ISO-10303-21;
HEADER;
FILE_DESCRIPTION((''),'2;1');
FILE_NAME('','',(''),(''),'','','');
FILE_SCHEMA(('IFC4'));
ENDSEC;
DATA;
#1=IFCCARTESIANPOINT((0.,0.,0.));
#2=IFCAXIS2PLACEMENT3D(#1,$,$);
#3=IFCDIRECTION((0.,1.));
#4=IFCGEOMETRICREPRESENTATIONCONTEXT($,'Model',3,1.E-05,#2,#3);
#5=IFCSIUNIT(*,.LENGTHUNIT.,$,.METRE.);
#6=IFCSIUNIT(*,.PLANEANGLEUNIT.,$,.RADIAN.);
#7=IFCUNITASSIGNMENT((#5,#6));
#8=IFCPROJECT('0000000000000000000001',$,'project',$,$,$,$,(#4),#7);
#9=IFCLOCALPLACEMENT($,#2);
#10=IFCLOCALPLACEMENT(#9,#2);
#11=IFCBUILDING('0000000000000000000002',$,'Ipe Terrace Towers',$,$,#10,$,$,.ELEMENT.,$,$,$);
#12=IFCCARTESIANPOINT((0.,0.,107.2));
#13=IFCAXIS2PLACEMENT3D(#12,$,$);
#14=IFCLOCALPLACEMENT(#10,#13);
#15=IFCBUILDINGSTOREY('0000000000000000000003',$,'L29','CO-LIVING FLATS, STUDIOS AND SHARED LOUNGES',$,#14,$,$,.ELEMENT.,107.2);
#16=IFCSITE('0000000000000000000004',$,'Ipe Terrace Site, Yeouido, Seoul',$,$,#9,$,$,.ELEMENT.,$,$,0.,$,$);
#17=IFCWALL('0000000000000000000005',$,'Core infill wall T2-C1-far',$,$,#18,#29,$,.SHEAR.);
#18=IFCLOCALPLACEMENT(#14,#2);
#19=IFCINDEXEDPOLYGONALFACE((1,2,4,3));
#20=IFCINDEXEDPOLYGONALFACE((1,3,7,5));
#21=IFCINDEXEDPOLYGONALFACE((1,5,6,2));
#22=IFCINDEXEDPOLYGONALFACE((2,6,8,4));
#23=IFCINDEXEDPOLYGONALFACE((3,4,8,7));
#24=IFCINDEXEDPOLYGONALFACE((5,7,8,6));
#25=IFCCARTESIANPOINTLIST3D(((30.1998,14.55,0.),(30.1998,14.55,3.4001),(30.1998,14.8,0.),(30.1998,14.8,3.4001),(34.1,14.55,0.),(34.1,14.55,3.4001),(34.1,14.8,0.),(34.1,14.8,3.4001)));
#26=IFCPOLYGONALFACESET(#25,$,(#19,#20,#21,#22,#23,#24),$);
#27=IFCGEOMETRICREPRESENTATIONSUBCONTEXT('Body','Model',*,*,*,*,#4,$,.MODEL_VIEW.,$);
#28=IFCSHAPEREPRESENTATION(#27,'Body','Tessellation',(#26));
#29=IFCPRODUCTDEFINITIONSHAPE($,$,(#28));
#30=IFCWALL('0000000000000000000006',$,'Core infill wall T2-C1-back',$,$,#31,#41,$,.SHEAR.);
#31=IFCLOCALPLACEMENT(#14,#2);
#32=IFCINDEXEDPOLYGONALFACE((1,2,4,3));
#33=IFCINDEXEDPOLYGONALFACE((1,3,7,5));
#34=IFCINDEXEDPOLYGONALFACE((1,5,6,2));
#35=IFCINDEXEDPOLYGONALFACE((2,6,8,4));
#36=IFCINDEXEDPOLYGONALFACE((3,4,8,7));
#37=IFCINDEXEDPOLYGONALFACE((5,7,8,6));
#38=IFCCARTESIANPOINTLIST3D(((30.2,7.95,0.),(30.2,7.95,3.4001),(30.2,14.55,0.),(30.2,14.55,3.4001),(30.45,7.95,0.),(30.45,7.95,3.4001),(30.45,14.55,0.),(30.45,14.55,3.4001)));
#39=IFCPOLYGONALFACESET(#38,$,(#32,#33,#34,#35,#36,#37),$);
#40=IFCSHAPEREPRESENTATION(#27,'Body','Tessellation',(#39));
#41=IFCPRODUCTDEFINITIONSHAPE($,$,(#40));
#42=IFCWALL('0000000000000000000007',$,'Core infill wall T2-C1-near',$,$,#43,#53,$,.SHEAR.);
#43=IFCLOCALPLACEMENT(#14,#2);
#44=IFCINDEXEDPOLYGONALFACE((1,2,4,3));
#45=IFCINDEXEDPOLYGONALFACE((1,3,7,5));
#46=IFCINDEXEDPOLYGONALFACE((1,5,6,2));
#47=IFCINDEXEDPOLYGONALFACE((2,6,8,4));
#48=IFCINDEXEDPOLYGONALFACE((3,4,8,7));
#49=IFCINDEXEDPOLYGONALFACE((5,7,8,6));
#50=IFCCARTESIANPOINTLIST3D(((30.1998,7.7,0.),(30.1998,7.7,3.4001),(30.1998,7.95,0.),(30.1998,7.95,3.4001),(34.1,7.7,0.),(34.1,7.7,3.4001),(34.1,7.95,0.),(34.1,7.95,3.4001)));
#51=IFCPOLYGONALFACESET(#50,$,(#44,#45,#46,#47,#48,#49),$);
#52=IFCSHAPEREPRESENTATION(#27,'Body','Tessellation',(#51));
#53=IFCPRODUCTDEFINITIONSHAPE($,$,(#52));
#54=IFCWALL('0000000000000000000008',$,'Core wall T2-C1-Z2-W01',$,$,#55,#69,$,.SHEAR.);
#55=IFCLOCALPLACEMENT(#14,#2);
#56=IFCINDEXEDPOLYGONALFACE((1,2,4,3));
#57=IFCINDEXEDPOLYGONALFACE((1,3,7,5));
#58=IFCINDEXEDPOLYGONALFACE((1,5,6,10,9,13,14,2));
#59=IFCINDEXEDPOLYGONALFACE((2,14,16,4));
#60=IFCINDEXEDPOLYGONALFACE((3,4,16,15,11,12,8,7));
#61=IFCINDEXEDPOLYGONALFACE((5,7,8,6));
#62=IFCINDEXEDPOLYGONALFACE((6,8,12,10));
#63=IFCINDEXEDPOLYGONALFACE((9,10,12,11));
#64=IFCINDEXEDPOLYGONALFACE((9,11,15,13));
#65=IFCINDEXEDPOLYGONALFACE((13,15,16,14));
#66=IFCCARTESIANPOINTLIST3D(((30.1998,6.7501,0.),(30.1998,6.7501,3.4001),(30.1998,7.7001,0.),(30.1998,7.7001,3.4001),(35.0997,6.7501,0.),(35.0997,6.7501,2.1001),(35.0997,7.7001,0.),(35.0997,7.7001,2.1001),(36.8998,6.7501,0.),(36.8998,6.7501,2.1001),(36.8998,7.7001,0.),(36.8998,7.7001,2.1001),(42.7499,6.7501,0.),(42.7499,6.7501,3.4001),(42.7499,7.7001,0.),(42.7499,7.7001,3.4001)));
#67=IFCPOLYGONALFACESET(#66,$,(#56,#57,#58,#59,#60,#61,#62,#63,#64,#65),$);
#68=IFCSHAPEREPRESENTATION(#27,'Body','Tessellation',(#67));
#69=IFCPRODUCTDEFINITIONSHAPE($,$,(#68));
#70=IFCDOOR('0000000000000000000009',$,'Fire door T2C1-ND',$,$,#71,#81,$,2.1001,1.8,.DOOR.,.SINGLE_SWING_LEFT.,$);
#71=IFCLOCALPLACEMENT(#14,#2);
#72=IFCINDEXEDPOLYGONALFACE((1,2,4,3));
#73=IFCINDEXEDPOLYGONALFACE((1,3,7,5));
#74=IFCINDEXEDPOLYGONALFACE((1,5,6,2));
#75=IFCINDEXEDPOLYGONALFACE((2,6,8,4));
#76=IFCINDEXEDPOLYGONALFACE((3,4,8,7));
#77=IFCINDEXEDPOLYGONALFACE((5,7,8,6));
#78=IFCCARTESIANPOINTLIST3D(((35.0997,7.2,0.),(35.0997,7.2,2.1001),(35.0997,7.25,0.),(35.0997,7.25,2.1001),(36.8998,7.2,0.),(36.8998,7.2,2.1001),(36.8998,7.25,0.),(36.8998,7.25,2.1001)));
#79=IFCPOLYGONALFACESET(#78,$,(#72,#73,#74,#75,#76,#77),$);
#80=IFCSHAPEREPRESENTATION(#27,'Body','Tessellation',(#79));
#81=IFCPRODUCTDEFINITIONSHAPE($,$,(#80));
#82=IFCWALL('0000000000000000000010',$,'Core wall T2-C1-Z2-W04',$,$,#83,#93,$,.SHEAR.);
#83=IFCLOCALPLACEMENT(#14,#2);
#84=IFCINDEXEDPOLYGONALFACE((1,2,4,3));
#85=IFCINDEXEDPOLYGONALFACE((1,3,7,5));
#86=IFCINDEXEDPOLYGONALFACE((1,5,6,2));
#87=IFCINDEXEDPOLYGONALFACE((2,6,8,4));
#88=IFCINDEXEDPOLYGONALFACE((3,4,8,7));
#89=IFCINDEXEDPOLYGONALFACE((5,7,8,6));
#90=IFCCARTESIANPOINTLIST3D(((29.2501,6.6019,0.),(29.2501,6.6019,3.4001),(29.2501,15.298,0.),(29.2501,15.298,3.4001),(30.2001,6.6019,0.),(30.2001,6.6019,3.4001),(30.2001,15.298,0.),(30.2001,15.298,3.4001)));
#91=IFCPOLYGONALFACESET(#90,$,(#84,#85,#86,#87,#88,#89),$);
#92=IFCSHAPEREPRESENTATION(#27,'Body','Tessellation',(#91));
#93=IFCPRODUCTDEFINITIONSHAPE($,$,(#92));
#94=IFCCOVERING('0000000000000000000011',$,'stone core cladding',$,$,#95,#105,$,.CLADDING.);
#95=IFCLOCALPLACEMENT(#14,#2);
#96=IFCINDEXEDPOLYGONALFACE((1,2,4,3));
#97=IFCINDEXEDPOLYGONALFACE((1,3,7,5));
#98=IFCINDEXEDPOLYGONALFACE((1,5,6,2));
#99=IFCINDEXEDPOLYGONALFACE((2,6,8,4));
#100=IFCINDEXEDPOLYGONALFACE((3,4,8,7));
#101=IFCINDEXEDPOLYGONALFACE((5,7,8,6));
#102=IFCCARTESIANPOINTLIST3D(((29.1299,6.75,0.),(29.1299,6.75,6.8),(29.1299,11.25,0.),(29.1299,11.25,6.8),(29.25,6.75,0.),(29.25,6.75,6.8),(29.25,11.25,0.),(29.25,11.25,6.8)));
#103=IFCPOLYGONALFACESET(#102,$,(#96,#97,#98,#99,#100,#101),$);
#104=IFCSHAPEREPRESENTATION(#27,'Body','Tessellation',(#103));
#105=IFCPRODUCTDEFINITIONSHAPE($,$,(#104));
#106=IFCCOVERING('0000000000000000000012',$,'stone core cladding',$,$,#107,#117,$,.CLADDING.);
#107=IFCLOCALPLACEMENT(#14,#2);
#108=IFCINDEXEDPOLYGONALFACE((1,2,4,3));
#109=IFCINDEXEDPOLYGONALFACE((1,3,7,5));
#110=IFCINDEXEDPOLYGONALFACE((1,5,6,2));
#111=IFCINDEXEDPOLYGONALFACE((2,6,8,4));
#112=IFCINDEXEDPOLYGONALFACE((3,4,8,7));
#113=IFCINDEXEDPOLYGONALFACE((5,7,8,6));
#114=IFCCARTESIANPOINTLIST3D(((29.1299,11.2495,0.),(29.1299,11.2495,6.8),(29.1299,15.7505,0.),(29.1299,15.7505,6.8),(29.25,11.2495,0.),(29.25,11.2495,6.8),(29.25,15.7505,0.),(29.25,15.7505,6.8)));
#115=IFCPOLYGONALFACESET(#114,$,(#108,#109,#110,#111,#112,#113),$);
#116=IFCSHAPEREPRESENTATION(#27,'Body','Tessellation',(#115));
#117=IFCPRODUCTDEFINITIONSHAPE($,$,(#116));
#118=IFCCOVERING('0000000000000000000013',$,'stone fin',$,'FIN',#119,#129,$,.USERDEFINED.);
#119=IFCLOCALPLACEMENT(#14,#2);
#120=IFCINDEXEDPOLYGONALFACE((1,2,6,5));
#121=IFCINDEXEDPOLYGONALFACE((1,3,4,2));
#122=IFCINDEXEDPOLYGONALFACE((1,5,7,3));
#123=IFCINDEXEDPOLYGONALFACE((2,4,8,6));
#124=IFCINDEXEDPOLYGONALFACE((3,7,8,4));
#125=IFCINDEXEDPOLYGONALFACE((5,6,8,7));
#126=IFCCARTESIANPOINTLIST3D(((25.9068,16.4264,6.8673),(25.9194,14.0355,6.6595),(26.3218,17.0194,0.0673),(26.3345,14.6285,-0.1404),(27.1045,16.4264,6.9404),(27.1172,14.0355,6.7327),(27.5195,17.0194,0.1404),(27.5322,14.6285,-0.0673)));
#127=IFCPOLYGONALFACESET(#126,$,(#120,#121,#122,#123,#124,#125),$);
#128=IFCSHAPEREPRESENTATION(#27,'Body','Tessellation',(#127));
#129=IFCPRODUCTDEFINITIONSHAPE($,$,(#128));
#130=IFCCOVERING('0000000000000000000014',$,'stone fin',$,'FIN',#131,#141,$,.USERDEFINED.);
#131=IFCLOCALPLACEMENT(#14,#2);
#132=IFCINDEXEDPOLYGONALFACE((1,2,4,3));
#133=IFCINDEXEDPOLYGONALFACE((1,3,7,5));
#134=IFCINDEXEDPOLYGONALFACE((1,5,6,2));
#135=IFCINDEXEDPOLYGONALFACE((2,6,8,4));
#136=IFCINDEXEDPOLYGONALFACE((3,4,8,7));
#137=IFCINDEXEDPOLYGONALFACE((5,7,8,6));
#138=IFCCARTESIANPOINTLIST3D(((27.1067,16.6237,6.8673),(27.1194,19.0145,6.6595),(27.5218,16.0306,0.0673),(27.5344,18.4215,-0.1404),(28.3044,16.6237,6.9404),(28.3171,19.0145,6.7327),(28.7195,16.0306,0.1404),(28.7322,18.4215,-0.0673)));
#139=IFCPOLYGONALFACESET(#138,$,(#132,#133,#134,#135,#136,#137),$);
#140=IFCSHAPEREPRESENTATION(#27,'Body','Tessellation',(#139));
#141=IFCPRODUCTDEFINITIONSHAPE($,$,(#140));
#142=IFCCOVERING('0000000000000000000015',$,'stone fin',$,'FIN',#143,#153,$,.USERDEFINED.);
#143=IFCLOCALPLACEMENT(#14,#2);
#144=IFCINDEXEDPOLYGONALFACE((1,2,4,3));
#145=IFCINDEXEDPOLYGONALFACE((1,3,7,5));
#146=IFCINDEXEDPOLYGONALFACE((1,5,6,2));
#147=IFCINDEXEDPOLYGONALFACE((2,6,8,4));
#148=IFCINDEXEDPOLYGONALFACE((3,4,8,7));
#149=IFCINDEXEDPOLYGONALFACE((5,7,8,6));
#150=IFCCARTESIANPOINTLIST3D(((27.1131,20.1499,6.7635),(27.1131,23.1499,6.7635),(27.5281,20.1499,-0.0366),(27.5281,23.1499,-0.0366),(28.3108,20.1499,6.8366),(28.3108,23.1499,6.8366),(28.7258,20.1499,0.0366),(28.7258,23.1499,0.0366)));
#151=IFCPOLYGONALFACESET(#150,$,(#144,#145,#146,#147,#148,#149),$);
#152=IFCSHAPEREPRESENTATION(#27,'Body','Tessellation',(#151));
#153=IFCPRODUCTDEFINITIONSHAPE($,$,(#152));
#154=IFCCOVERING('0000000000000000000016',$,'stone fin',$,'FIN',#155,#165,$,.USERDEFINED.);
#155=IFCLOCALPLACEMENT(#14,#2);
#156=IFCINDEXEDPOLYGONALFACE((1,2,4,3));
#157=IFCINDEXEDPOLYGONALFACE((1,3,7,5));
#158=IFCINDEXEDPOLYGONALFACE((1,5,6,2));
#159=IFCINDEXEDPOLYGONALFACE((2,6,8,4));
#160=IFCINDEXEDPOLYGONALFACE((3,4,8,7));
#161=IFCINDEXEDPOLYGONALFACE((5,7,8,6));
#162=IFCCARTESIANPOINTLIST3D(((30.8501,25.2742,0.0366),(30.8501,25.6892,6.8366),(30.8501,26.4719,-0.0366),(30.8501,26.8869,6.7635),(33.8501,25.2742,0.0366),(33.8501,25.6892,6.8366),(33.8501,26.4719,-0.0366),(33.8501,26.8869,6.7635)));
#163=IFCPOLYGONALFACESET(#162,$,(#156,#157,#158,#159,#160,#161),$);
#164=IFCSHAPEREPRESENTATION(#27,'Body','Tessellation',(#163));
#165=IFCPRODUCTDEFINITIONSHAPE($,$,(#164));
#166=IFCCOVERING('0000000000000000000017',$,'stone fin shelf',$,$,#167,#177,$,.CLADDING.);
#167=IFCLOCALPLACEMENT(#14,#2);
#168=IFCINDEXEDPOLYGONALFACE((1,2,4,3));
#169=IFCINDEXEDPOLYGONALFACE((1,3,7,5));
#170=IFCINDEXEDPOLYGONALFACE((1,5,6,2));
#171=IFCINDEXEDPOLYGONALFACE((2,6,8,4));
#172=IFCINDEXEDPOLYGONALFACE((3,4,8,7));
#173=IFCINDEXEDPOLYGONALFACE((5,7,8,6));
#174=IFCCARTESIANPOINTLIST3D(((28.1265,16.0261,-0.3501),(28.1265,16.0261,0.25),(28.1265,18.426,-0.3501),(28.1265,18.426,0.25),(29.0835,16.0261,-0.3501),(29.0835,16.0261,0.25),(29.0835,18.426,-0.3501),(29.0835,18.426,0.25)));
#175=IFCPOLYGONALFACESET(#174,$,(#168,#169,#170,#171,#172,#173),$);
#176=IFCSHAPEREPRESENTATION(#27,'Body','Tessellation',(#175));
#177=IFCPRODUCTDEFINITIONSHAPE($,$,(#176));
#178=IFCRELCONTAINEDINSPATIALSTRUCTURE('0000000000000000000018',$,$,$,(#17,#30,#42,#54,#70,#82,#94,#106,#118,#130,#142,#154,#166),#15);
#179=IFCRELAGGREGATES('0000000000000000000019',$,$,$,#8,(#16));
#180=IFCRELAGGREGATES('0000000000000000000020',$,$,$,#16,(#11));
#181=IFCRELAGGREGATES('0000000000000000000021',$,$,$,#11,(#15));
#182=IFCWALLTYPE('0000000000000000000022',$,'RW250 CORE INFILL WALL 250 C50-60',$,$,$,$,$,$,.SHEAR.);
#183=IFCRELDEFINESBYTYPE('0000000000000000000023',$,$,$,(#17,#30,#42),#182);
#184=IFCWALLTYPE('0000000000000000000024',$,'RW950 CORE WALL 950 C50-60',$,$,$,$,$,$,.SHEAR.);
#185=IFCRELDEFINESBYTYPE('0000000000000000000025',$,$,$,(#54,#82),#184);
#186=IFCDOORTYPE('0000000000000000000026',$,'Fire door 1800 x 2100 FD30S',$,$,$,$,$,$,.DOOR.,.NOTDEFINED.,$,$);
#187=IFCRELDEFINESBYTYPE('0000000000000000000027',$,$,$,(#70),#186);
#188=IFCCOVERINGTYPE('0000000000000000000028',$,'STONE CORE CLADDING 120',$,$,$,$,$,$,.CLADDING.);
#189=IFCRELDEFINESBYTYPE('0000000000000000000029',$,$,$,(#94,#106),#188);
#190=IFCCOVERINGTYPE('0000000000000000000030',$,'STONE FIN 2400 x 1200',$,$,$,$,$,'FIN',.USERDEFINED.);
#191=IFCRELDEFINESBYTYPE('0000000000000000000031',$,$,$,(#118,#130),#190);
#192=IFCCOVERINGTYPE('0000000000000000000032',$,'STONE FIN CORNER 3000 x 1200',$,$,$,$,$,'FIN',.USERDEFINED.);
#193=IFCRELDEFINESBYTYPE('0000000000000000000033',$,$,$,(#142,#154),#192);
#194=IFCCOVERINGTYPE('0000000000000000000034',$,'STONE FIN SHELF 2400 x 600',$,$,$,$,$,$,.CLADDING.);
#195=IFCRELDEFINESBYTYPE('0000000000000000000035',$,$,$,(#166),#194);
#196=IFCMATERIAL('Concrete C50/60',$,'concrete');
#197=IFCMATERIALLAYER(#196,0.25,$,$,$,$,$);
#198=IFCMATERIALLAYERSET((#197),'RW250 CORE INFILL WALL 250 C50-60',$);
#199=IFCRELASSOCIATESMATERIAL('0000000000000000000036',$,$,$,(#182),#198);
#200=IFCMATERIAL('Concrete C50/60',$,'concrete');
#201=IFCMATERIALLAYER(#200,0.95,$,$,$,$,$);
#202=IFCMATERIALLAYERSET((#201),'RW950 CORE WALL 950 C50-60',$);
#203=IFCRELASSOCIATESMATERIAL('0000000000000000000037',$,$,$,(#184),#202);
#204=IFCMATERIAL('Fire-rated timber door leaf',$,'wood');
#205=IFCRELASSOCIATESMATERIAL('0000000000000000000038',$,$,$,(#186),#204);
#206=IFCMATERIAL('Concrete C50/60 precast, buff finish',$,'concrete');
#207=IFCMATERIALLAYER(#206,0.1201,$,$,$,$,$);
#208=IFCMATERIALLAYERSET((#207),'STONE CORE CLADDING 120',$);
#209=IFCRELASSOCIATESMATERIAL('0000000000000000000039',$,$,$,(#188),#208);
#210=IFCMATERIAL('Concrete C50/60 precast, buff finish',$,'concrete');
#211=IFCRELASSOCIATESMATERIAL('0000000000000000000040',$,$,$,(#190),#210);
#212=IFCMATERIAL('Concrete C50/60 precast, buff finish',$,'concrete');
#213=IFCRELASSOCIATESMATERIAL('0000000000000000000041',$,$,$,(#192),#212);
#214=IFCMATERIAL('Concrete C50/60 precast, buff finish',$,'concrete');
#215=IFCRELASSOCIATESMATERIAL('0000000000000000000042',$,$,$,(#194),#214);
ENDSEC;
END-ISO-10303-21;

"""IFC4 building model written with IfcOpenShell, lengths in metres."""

from ifc_helpers import new_model, si_unit, direction, frame, frame_2d, origin, origin_2d, place, context, subcontext, project, spatial, rectangle, extrude, material, layer, layer_set, material_profile, profile_set, type_object, element, fill, save


model = new_model("IFC4")

# Units and contexts
model_context = context("Model", 3, precision=1e-05, world=origin(), true_north=direction((0.0, 1.0)))
body_context = subcontext(model_context, "Body", "Model", "MODEL_VIEW")
ifc_project = project(units=[si_unit("LENGTHUNIT", "METRE"), si_unit("PLANEANGLEUNIT", "RADIAN")], contexts=[model_context])

# Site, building, storey
site_placement = place(None, origin())
site = spatial("IfcSite", under=ifc_project, at=site_placement, Name="Ipe Terrace Site, Yeouido, Seoul", CompositionType="ELEMENT", RefElevation=0.0)
building_placement = place(site_placement, origin())
building = spatial("IfcBuilding", under=site, at=building_placement, Name="Ipe Terrace Towers", CompositionType="ELEMENT")
storey_placement = place(building_placement, frame((0.0, 0.0, 107.2)))
storey = spatial("IfcBuildingStorey", under=building, at=storey_placement, Name="L29", Description="CO-LIVING FLATS, STUDIOS AND SHARED LOUNGES", CompositionType="ELEMENT", Elevation=107.2)

# Walls
ifc_material_1 = material(Name="Concrete C50/60", Category="concrete")
ifc_layer_1 = layer(ifc_material_1, 0.25)
ifc_layer_set_1 = layer_set([ifc_layer_1], Name="RW250 CORE INFILL WALL 250 C50-60")
wall_type_1 = type_object("IfcWallType", Name="RW250 CORE INFILL WALL 250 C50-60", PredefinedType="SHEAR", material=ifc_layer_set_1)
wall_1_placement = place(storey_placement, frame((34.1001, 14.675, 0.0), z_axis=(0.0, 0.0, 1.0), x_axis=(-1.0, 0.0, 0.0)))
element("IfcWall", 1, at=wall_1_placement, inside=storey, type_object=wall_type_1, Name="Core infill wall T2-C1-far", PredefinedType="SHEAR", context=body_context, shape_type="SweptSolid", body=[
    extrude(rectangle(XDim=3.9001, YDim=0.25, at=frame_2d((1.9502, 0.0))), origin(), (0.0, 0.0, 1.0), 3.4001),
])
wall_2_placement = place(storey_placement, frame((30.325, 7.95, 0.0), z_axis=(0.0, 0.0, 1.0), x_axis=(0.0, 1.0, 0.0)))
element("IfcWall", 2, at=wall_2_placement, inside=storey, type_object=wall_type_1, Name="Core infill wall T2-C1-back", PredefinedType="SHEAR", context=body_context, shape_type="SweptSolid", body=[
    extrude(rectangle(XDim=6.6001, YDim=0.25, at=frame_2d((3.3, 0.0))), origin(), (0.0, 0.0, 1.0), 3.4001),
])
wall_3_placement = place(storey_placement, frame((34.1001, 7.825, 0.0), z_axis=(0.0, 0.0, 1.0), x_axis=(-1.0, 0.0, 0.0)))
element("IfcWall", 3, at=wall_3_placement, inside=storey, type_object=wall_type_1, Name="Core infill wall T2-C1-near", PredefinedType="SHEAR", context=body_context, shape_type="SweptSolid", body=[
    extrude(rectangle(XDim=3.9001, YDim=0.25, at=frame_2d((1.9502, 0.0))), origin(), (0.0, 0.0, 1.0), 3.4001),
])

# Wall, opening, door
ifc_material_2 = material(Name="Concrete C50/60", Category="concrete")
ifc_layer_2 = layer(ifc_material_2, 0.95)
ifc_layer_set_2 = layer_set([ifc_layer_2], Name="RW950 CORE WALL 950 C50-60")
wall_type_2 = type_object("IfcWallType", Name="RW950 CORE WALL 950 C50-60", PredefinedType="SHEAR", material=ifc_layer_set_2)
wall_4_placement = place(storey_placement, frame((30.2, 7.2251, 0.0), z_axis=(0.0, 0.0, 1.0), x_axis=(1.0, 0.0, 0.0)))
wall_4 = element("IfcWall", 4, at=wall_4_placement, inside=storey, type_object=wall_type_2, Name="Core wall T2-C1-Z2-W01", PredefinedType="SHEAR", context=body_context, shape_type="SweptSolid", body=[
    extrude(rectangle(XDim=12.55, YDim=0.95, at=frame_2d((6.2749, 0.0))), origin(), (0.0, 0.0, 1.0), 3.4001),
])
opening_1_placement = place(wall_4_placement, frame((4.8999, 0.0, 0.0)))
opening_1 = element("IfcOpeningElement", 5, at=opening_1_placement, cuts=wall_4, PredefinedType="OPENING", context=body_context, shape_type="SweptSolid", body=[
    extrude(rectangle(XDim=1.8, YDim=2.1001, at=frame_2d((0.8999, 1.05))), frame((0.0, 0.4849, 0.0), z_axis=(0.0, -1.0, 0.0), x_axis=(1.0, 0.0, 0.0)), (0.0, 0.0, 1.0), 0.97),
])
ifc_material_3 = material(Name="Fire-rated timber door leaf", Category="wood")
door_type_1 = type_object("IfcDoorType", Name="Fire door 1800 x 2100 FD30S", OperationType="NOTDEFINED", PredefinedType="DOOR", material=ifc_material_3)
door_1_placement = place(opening_1_placement, origin())
door_1 = element("IfcDoor", 6, at=door_1_placement, inside=storey, type_object=door_type_1, Name="Fire door T2C1-ND", OperationType="SINGLE_SWING_LEFT", OverallHeight=2.1001, OverallWidth=1.8, PredefinedType="DOOR", context=body_context, shape_type="SweptSolid", body=[
    extrude(rectangle(XDim=1.8, YDim=2.1001, at=frame_2d((0.8999, 1.05))), frame((0.0, 0.0249, 0.0), z_axis=(0.0, -1.0, 0.0), x_axis=(1.0, 0.0, 0.0)), (0.0, 0.0, 1.0), 0.05),
])
fill(opening_1, door_1)

# Wall
wall_5_placement = place(storey_placement, frame((29.7251, 15.2981, 0.0), z_axis=(0.0, 0.0, 1.0), x_axis=(0.0, -1.0, 0.0)))
element("IfcWall", 7, at=wall_5_placement, inside=storey, type_object=wall_type_2, Name="Core wall T2-C1-Z2-W04", PredefinedType="SHEAR", context=body_context, shape_type="SweptSolid", body=[
    extrude(rectangle(XDim=8.696, YDim=0.95, at=frame_2d((4.3481, 0.0))), origin(), (0.0, 0.0, 1.0), 3.4001),
])

# Coverings
ifc_material_4 = material(Name="Concrete C50/60 precast, buff finish", Category="concrete")
ifc_layer_3 = layer(ifc_material_4, 0.1201)
ifc_layer_set_3 = layer_set([ifc_layer_3], Name="STONE CORE CLADDING 120")
covering_type_1 = type_object("IfcCoveringType", Name="STONE CORE CLADDING 120", PredefinedType="CLADDING", material=ifc_layer_set_3)
covering_1_placement = place(storey_placement, frame((29.1899, 9.0, 0.0), z_axis=(0.0, 0.0, 1.0), x_axis=(0.0, -1.0, 0.0)))
element("IfcCovering", 8, at=covering_1_placement, inside=storey, type_object=covering_type_1, Name="stone core cladding", PredefinedType="CLADDING", context=body_context, shape_type="SweptSolid", body=[
    extrude(rectangle(XDim=4.5, YDim=0.1201, at=origin_2d()), origin(), (0.0, 0.0, 1.0), 6.8),
])
covering_2_placement = place(storey_placement, frame((29.1899, 13.5, 0.0), z_axis=(0.0, 0.0, 1.0), x_axis=(0.0, -1.0, 0.0)))
element("IfcCovering", 9, at=covering_2_placement, inside=storey, type_object=covering_type_1, Name="stone core cladding", PredefinedType="CLADDING", context=body_context, shape_type="SweptSolid", body=[
    extrude(rectangle(XDim=4.501, YDim=0.1201, at=origin_2d()), origin(), (0.0, 0.0, 1.0), 6.8),
])
ifc_material_5 = material(Name="Concrete C50/60 precast, buff finish", Category="concrete")
ifc_material_profile_1 = material_profile(ifc_material_5, rectangle(XDim=2.3999, YDim=1.2, at=origin_2d()), Name="STONE FIN 2400 x 1200")
ifc_profile_set_1 = profile_set([ifc_material_profile_1], Name="Concrete C50/60 precast, buff finish")
covering_type_2 = type_object("IfcCoveringType", Name="STONE FIN 2400 x 1200", ElementType="FIN", PredefinedType="USERDEFINED", material=ifc_profile_set_1)
for number, where, z_axis, x_axis, name in (
    (10, (26.927, 15.824, 0.0), (-0.060692, -0.086718, 0.994382), (0.005283, -0.996233, -0.086557), "stone fin"),
    (11, (28.127, 17.2261, 0.0), (-0.060692, 0.086718, 0.994382), (-0.005283, -0.996233, 0.086557), "stone fin"),
):
    element("IfcCovering", number, at=place(storey_placement, frame(where, z_axis=z_axis, x_axis=x_axis)), inside=storey, type_object=covering_type_2, Name=name, ObjectType="FIN", PredefinedType="USERDEFINED", context=body_context, shape_type="SweptSolid", body=[
        extrude(rectangle(XDim=2.3999, YDim=1.2, at=origin_2d()), origin(), (0.0, 0.0, 1.0), 6.8384),
    ])
ifc_material_6 = material(Name="Concrete C50/60 precast, buff finish", Category="concrete")
ifc_material_profile_2 = material_profile(ifc_material_6, rectangle(XDim=3.0, YDim=1.2, at=origin_2d()), Name="STONE FIN CORNER 3000 x 1200")
ifc_profile_set_2 = profile_set([ifc_material_profile_2], Name="Concrete C50/60 precast, buff finish")
covering_type_3 = type_object("IfcCoveringType", Name="STONE FIN CORNER 3000 x 1200", ElementType="FIN", PredefinedType="USERDEFINED", material=ifc_profile_set_2)
for number, where, z_axis, x_axis, name in (
    (12, (28.127, 21.6499, 0.0), (-0.060921, 0.0, 0.998143), (0.0, -1.0, 0.0), "stone fin"),
    (13, (32.3501, 25.873, 0.0), (0.0, 0.060921, 0.998143), (-1.0, 0.0, 0.0), "stone fin"),
):
    element("IfcCovering", number, at=place(storey_placement, frame(where, z_axis=z_axis, x_axis=x_axis)), inside=storey, type_object=covering_type_3, Name=name, ObjectType="FIN", PredefinedType="USERDEFINED", context=body_context, shape_type="SweptSolid", body=[
        extrude(rectangle(XDim=3.0, YDim=1.2, at=origin_2d()), origin(), (0.0, 0.0, 1.0), 6.8127),
    ])
ifc_material_7 = material(Name="Concrete C50/60 precast, buff finish", Category="concrete")
covering_type_4 = type_object("IfcCoveringType", Name="STONE FIN SHELF 2400 x 600", PredefinedType="CLADDING", material=ifc_material_7)
covering_3_placement = place(storey_placement, frame((28.605, 17.2261, -0.3501), z_axis=(0.0, 0.0, 1.0), x_axis=(0.0, -1.0, 0.0)))
element("IfcCovering", 14, at=covering_3_placement, inside=storey, type_object=covering_type_4, Name="stone fin shelf", PredefinedType="CLADDING", context=body_context, shape_type="SweptSolid", body=[
    extrude(rectangle(XDim=2.3999, YDim=0.957, at=origin_2d()), origin(), (0.0, 0.0, 1.0), 0.6001),
])

save(model, "model.ifc")
